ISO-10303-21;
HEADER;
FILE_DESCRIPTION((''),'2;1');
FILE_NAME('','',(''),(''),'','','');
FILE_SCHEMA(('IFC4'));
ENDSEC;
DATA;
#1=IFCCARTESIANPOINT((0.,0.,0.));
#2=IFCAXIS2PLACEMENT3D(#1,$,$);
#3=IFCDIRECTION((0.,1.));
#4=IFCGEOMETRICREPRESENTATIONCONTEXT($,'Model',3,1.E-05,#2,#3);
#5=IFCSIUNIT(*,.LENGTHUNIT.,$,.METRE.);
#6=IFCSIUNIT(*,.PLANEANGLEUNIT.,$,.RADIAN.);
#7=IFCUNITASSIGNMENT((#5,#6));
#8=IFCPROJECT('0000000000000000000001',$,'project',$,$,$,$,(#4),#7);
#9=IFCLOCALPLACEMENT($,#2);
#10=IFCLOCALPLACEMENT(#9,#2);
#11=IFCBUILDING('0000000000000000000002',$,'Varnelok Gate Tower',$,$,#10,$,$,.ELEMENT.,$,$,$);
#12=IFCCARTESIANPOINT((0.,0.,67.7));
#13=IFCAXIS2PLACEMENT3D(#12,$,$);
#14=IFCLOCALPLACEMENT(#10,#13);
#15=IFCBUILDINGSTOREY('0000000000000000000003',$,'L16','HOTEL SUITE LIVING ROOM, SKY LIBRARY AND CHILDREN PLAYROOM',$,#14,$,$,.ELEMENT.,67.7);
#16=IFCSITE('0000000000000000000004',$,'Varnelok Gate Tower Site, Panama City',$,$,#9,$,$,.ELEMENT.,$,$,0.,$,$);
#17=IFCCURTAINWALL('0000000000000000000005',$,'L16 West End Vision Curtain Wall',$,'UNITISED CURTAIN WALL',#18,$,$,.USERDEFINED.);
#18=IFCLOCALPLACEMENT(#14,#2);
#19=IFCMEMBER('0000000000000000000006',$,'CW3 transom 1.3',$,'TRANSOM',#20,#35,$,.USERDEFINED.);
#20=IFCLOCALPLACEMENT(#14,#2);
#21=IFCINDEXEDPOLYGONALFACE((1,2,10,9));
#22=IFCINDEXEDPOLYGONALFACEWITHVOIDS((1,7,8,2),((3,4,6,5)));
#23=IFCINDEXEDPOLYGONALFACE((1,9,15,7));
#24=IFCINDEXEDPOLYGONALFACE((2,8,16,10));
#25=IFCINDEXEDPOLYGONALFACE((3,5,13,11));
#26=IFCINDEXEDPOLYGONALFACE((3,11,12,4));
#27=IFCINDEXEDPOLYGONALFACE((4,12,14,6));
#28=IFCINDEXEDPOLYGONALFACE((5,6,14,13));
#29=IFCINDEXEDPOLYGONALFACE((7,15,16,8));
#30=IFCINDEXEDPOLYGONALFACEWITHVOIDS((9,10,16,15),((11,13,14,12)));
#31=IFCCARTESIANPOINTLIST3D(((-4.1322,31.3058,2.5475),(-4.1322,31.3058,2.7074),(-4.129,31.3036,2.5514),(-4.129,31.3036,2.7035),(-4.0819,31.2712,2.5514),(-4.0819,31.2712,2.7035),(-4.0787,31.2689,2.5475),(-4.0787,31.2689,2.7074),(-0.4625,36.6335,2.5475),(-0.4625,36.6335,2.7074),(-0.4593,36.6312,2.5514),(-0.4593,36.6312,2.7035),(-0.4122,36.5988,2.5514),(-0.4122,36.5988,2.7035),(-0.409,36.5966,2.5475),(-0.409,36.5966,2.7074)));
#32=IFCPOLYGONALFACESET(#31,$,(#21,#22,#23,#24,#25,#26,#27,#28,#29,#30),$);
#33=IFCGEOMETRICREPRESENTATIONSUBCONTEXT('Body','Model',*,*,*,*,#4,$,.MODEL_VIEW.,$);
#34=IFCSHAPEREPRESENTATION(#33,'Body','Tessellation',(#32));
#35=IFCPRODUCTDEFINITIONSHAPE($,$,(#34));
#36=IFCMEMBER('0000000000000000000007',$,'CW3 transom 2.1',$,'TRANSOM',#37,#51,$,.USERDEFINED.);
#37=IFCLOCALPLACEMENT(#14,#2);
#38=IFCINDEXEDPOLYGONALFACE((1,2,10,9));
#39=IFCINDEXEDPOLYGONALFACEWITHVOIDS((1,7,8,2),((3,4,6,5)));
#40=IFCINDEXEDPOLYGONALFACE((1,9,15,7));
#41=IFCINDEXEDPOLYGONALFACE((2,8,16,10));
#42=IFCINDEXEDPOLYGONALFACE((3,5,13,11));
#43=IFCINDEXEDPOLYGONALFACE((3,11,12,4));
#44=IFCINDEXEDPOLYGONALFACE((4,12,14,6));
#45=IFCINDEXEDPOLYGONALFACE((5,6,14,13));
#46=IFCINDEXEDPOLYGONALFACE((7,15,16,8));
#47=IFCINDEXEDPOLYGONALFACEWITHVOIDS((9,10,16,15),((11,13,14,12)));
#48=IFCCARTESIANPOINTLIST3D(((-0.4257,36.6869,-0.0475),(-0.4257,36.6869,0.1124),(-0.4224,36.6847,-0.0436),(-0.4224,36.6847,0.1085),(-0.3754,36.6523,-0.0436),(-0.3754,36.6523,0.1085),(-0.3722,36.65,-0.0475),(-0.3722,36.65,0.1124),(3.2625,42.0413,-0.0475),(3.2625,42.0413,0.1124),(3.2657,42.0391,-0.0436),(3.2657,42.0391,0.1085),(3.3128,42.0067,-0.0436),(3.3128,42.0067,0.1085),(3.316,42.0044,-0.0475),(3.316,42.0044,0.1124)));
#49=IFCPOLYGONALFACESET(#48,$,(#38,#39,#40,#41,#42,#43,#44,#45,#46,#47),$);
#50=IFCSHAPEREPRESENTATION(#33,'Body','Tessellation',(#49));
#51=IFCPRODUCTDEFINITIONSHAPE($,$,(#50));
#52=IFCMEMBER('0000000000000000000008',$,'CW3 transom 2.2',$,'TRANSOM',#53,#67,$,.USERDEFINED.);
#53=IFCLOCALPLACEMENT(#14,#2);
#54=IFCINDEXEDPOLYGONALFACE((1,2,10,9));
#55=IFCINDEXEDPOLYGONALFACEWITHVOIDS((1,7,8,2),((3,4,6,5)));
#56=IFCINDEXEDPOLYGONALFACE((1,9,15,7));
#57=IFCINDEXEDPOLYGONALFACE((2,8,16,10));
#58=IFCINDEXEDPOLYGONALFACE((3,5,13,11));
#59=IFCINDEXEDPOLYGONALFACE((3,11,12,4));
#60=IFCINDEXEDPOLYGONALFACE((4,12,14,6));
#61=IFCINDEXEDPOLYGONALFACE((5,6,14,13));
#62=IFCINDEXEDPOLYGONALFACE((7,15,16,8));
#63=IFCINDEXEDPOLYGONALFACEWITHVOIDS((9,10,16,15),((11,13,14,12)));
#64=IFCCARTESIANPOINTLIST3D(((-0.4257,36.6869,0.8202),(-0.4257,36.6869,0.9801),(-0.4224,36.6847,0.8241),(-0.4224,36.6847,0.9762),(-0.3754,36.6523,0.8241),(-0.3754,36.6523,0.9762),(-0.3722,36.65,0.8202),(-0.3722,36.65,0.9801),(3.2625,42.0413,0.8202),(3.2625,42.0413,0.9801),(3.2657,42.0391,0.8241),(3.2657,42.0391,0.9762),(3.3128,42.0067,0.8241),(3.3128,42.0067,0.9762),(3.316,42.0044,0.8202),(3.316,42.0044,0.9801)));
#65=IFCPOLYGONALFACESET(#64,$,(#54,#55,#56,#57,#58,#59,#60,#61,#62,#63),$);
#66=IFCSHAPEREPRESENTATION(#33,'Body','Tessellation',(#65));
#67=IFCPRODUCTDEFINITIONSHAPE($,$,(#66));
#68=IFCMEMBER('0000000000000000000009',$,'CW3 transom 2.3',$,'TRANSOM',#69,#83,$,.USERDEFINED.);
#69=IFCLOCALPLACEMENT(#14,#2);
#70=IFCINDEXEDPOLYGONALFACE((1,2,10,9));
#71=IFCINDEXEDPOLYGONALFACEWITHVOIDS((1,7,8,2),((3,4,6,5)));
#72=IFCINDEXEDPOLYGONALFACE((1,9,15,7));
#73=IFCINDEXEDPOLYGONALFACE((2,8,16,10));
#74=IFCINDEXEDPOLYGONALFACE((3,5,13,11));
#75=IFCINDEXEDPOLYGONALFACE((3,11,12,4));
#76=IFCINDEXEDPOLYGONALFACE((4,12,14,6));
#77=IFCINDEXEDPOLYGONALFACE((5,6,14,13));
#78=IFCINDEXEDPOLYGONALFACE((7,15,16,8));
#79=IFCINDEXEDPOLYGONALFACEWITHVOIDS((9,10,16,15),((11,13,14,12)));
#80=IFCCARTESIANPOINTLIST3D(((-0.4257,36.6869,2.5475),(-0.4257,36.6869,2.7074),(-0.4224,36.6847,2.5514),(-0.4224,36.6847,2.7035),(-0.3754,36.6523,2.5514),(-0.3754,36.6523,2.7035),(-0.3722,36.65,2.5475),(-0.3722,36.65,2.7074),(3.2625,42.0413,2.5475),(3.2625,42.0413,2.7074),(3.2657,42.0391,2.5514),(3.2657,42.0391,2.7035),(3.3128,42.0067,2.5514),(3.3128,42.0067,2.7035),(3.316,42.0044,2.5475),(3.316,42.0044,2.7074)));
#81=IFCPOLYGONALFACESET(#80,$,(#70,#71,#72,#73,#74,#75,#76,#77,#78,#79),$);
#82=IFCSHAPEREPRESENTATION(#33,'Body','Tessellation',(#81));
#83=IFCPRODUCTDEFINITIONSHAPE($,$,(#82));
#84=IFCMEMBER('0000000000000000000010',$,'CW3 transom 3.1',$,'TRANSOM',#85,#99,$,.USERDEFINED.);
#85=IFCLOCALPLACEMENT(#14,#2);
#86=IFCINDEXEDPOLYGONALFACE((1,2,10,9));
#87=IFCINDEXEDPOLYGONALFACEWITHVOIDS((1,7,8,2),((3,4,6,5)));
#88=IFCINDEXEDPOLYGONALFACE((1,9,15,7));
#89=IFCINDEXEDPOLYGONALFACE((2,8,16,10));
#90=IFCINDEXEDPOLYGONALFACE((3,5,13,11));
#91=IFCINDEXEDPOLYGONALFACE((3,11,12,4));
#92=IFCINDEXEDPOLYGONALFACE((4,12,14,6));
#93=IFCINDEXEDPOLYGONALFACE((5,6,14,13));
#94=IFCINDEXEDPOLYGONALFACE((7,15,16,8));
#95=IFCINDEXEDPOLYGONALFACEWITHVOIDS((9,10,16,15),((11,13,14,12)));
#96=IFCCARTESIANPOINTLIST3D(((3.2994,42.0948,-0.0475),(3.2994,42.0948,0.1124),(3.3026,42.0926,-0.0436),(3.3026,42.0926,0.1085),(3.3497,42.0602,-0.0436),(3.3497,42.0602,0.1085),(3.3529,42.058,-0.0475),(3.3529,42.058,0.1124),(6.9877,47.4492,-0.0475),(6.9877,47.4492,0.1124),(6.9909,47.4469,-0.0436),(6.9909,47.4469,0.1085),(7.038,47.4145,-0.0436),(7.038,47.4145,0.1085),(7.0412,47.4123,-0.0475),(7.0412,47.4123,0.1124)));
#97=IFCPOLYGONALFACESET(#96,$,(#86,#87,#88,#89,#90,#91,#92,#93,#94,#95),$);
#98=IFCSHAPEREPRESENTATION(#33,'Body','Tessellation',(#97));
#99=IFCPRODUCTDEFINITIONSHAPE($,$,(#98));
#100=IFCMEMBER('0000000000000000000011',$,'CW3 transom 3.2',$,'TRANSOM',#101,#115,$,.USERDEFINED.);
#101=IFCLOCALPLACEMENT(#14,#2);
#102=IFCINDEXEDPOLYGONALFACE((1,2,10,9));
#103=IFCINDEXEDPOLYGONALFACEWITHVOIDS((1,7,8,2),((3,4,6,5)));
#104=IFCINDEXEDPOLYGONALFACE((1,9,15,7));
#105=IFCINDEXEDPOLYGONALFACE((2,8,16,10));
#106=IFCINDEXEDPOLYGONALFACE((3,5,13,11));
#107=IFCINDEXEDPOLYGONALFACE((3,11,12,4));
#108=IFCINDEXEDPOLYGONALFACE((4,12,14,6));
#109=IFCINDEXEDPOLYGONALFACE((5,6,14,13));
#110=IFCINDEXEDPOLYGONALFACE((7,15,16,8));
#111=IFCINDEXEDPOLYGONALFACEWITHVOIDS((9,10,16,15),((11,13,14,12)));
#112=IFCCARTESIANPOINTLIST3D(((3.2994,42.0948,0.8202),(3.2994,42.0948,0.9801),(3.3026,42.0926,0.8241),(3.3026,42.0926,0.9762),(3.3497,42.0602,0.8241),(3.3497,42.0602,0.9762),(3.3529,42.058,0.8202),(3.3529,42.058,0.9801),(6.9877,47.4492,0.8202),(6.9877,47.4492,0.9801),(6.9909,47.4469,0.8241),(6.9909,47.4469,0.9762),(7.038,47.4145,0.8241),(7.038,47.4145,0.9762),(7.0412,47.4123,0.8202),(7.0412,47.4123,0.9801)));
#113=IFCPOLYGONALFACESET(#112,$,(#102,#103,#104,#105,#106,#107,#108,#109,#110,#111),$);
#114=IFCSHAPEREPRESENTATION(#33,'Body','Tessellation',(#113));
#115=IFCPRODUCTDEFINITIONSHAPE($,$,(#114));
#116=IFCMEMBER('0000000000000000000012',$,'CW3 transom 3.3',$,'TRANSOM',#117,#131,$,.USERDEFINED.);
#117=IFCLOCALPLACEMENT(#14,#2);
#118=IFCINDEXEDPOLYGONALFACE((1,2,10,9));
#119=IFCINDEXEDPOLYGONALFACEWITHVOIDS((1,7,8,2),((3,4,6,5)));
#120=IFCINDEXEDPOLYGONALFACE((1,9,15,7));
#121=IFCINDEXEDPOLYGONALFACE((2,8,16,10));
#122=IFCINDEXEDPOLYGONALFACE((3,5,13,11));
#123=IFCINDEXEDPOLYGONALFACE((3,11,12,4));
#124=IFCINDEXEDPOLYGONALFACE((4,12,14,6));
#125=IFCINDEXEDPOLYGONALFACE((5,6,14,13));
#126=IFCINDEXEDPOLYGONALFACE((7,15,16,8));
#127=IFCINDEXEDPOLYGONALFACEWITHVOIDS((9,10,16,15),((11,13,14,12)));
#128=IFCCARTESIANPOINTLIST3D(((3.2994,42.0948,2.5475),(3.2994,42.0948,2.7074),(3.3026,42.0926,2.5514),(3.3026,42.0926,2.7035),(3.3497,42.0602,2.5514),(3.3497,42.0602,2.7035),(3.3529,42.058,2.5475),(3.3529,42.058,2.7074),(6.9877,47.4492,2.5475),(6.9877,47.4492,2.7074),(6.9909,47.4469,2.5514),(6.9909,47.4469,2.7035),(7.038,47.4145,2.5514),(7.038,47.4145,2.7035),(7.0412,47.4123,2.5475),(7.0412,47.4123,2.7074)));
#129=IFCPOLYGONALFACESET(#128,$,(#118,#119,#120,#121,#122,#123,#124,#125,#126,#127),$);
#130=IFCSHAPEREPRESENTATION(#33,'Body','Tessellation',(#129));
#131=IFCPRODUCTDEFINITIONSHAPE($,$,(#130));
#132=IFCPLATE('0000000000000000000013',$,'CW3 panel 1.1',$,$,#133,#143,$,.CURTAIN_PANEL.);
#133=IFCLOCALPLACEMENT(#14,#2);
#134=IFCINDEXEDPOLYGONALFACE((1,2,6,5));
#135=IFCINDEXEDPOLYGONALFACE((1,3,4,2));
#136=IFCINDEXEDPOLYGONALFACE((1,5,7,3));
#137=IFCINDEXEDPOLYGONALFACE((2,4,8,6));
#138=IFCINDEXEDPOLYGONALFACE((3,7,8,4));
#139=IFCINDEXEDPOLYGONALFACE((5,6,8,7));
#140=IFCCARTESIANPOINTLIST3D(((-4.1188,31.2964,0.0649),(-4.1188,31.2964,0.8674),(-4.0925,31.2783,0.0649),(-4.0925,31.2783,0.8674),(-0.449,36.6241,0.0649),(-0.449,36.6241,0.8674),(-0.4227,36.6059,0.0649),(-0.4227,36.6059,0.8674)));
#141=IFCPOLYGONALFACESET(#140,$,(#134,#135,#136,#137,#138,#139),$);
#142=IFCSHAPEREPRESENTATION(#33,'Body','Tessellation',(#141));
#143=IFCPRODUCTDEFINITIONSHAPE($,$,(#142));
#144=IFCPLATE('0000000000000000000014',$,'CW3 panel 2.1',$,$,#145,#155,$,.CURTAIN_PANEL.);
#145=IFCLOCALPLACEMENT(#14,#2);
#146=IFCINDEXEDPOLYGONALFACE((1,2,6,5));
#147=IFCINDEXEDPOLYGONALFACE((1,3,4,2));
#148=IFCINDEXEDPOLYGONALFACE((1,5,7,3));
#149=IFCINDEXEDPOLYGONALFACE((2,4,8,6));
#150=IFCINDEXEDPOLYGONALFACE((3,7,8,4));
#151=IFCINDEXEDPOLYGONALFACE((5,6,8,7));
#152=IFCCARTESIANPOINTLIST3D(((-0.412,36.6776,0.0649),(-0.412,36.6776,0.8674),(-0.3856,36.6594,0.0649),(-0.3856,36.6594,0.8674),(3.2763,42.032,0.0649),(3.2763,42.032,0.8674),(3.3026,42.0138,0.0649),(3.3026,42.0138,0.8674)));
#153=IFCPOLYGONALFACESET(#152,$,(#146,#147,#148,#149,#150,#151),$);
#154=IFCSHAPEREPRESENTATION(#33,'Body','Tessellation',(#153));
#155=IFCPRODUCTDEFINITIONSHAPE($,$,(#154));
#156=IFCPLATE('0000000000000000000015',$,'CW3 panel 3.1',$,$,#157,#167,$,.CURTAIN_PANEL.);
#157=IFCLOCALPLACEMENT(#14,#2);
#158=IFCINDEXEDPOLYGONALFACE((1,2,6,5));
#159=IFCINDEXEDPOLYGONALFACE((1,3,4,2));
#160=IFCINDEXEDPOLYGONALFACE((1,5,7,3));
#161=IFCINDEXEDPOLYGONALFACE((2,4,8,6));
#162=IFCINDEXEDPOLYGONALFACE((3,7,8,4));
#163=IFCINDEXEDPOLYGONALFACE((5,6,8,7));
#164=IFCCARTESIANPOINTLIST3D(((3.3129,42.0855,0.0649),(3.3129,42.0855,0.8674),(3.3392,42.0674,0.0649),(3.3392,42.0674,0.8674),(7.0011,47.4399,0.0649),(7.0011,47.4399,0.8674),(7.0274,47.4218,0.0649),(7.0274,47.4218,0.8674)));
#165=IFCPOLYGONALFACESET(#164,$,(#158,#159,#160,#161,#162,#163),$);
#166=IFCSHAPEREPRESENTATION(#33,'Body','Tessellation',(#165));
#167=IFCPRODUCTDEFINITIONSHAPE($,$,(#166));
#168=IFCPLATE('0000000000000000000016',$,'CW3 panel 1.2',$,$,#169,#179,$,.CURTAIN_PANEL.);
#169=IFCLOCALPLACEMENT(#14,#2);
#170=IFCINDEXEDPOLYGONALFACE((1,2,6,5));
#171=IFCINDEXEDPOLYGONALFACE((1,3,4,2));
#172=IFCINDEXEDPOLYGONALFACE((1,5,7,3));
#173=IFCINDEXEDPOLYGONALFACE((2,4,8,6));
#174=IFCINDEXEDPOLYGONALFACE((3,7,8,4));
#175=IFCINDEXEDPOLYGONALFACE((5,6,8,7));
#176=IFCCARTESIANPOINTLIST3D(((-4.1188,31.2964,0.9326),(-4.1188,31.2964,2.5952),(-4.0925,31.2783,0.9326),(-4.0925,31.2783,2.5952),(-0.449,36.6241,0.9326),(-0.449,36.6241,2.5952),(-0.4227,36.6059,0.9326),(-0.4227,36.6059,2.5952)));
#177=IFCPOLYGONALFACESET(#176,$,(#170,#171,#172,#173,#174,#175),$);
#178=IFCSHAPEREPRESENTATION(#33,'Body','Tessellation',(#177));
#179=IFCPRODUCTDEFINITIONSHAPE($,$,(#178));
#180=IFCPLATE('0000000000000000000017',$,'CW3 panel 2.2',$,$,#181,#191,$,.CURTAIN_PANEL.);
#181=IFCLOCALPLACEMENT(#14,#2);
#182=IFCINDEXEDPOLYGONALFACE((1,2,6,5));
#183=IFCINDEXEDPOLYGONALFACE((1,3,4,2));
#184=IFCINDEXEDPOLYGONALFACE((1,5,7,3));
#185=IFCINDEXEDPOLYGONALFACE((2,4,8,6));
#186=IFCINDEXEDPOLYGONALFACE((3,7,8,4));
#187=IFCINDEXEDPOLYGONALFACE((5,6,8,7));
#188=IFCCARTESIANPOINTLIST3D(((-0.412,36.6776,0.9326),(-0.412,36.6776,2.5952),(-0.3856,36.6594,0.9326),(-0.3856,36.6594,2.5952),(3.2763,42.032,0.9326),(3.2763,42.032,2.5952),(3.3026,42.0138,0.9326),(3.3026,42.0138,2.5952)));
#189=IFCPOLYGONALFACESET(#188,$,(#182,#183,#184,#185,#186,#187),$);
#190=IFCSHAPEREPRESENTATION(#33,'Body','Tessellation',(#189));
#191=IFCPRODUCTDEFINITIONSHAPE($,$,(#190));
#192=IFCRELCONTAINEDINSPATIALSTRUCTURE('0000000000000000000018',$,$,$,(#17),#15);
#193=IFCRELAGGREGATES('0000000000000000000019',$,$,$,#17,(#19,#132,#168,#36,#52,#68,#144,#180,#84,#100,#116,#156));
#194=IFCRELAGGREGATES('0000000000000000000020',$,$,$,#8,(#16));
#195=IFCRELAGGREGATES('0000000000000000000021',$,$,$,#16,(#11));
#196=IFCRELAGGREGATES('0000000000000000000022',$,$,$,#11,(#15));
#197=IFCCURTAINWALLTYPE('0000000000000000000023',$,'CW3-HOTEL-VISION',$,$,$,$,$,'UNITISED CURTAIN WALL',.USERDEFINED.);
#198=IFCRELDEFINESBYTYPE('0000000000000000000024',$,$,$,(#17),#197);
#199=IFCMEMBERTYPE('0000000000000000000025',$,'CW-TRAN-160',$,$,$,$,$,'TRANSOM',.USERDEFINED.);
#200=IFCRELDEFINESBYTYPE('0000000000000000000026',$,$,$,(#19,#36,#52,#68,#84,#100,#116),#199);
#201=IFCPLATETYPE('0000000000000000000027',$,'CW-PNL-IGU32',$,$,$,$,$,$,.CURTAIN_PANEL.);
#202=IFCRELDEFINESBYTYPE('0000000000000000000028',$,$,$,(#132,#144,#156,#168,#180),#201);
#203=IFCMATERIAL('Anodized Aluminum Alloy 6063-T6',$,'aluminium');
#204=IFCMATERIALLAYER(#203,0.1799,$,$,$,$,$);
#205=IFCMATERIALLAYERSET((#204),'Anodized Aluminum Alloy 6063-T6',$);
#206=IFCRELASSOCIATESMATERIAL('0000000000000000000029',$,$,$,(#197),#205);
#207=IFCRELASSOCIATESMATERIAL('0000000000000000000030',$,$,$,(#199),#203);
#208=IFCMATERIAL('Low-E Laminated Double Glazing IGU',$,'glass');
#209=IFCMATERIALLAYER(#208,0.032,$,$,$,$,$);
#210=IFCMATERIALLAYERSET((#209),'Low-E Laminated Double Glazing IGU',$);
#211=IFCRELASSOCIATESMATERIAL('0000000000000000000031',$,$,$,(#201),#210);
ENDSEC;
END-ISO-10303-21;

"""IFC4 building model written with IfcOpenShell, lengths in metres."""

from ifc_helpers import new_model, si_unit, direction, frame, origin, origin_2d, place, context, subcontext, project, spatial, rectangle, hollow_rectangle, extrude, source, transform, mapped, material, layer, layer_set, material_profile, profile_set, type_object, element, aggregate, save


model = new_model("IFC4")

# Units and contexts
model_context = context("Model", 3, precision=1e-05, world=origin(), true_north=direction((0.0, 1.0)))
body_context = subcontext(model_context, "Body", "Model", "MODEL_VIEW")
ifc_project = project(units=[si_unit("LENGTHUNIT", "METRE"), si_unit("PLANEANGLEUNIT", "RADIAN")], contexts=[model_context])

# Site, building, storey
site_placement = place(None, origin())
site = spatial("IfcSite", under=ifc_project, at=site_placement, Name="Varnelok Gate Tower Site, Panama City", CompositionType="ELEMENT", RefElevation=0.0)
building_placement = place(site_placement, origin())
building = spatial("IfcBuilding", under=site, at=building_placement, Name="Varnelok Gate Tower", CompositionType="ELEMENT")
storey_placement = place(building_placement, frame((0.0, 0.0, 67.7)))
storey = spatial("IfcBuildingStorey", under=building, at=storey_placement, Name="L16", Description="HOTEL SUITE LIVING ROOM, SKY LIBRARY AND CHILDREN PLAYROOM", CompositionType="ELEMENT", Elevation=67.7)

# Curtain wall, members, plates
ifc_material_1 = material(Name="Anodized Aluminum Alloy 6063-T6", Category="aluminium")
ifc_layer_1 = layer(ifc_material_1, 0.1799)
ifc_layer_set_1 = layer_set([ifc_layer_1], Name="Anodized Aluminum Alloy 6063-T6")
curtain_wall_type = type_object("IfcCurtainWallType", Name="CW3-HOTEL-VISION", ElementType="UNITISED CURTAIN WALL", PredefinedType="USERDEFINED", material=ifc_layer_set_1)
curtain_wall_placement = place(storey_placement, origin())
curtain_wall = element("IfcCurtainWall", 1, at=curtain_wall_placement, inside=storey, type_object=curtain_wall_type, Name="L16 West End Vision Curtain Wall", ObjectType="UNITISED CURTAIN WALL", PredefinedType="USERDEFINED")
ifc_material_profile_1 = material_profile(ifc_material_1, hollow_rectangle(XDim=0.0649, YDim=0.1599, WallThickness=0.0039, at=origin_2d()), Name="ALU160X65X4")
ifc_profile_set_1 = profile_set([ifc_material_profile_1], Name="Anodized Aluminum Alloy 6063-T6")
member_type_1 = type_object("IfcMemberType", Name="CW-TRAN-160", ElementType="TRANSOM", PredefinedType="USERDEFINED", material=ifc_profile_set_1)
member_1_placement = place(storey_placement, frame((-4.1055, 31.2874, 2.6274), z_axis=(0.567256, 0.823542, 0.0), x_axis=(-0.823542, 0.567256, 0.0)))
member_1 = element("IfcMember", 2, at=member_1_placement, type_object=member_type_1, Name="CW3 transom 1.3", ObjectType="TRANSOM", PredefinedType="USERDEFINED", context=body_context, shape_type="SweptSolid", body=[
    extrude(hollow_rectangle(XDim=0.0649, YDim=0.1599, WallThickness=0.0039, at=origin_2d()), origin(), (0.0, 0.0, 1.0), 6.4692),
])
member_2_placement = place(storey_placement, frame((-0.3989, 36.6685, 0.0325), z_axis=(0.567262, 0.823538, 0.0), x_axis=(-0.823538, 0.567262, 0.0)))
member_2 = element("IfcMember", 3, at=member_2_placement, type_object=member_type_1, Name="CW3 transom 2.1", ObjectType="TRANSOM", PredefinedType="USERDEFINED", context=body_context, shape_type="SweptSolid", body=[
    extrude(hollow_rectangle(XDim=0.0649, YDim=0.1599, WallThickness=0.0039, at=origin_2d()), origin(), (0.0, 0.0, 1.0), 6.5017),
])
member_3_placement = place(storey_placement, frame((-0.3989, 36.6685, 0.9001), z_axis=(0.567262, 0.823538, 0.0), x_axis=(-0.823538, 0.567262, 0.0)))
member_3 = element("IfcMember", 4, at=member_3_placement, type_object=member_type_1, Name="CW3 transom 2.2", ObjectType="TRANSOM", PredefinedType="USERDEFINED", context=body_context, shape_type="SweptSolid", body=[
    extrude(hollow_rectangle(XDim=0.0649, YDim=0.1599, WallThickness=0.0039, at=origin_2d()), origin(), (0.0, 0.0, 1.0), 6.5017),
])
member_4_placement = place(storey_placement, frame((-0.3989, 36.6685, 2.6274), z_axis=(0.567262, 0.823538, 0.0), x_axis=(-0.823538, 0.567262, 0.0)))
member_4 = element("IfcMember", 5, at=member_4_placement, type_object=member_type_1, Name="CW3 transom 2.3", ObjectType="TRANSOM", PredefinedType="USERDEFINED", context=body_context, shape_type="SweptSolid", body=[
    extrude(hollow_rectangle(XDim=0.0649, YDim=0.1599, WallThickness=0.0039, at=origin_2d()), origin(), (0.0, 0.0, 1.0), 6.5017),
])
member_5_placement = place(storey_placement, frame((3.3262, 42.0764, 0.0325), z_axis=(0.567279, 0.823526, 0.0), x_axis=(-0.823526, 0.567279, 0.0)))
member_5 = element("IfcMember", 6, at=member_5_placement, type_object=member_type_1, Name="CW3 transom 3.1", ObjectType="TRANSOM", PredefinedType="USERDEFINED", context=body_context, shape_type="SweptSolid", body=[
    extrude(hollow_rectangle(XDim=0.0649, YDim=0.1599, WallThickness=0.0039, at=origin_2d()), origin(), (0.0, 0.0, 1.0), 6.5017),
])
member_6_placement = place(storey_placement, frame((3.3262, 42.0764, 0.9001), z_axis=(0.567279, 0.823526, 0.0), x_axis=(-0.823526, 0.567279, 0.0)))
member_6 = element("IfcMember", 7, at=member_6_placement, type_object=member_type_1, Name="CW3 transom 3.2", ObjectType="TRANSOM", PredefinedType="USERDEFINED", context=body_context, shape_type="SweptSolid", body=[
    extrude(hollow_rectangle(XDim=0.0649, YDim=0.1599, WallThickness=0.0039, at=origin_2d()), origin(), (0.0, 0.0, 1.0), 6.5017),
])
member_7_placement = place(storey_placement, frame((3.3262, 42.0764, 2.6274), z_axis=(0.567279, 0.823526, 0.0), x_axis=(-0.823526, 0.567279, 0.0)))
member_7 = element("IfcMember", 8, at=member_7_placement, type_object=member_type_1, Name="CW3 transom 3.3", ObjectType="TRANSOM", PredefinedType="USERDEFINED", context=body_context, shape_type="SweptSolid", body=[
    extrude(hollow_rectangle(XDim=0.0649, YDim=0.1599, WallThickness=0.0039, at=origin_2d()), origin(), (0.0, 0.0, 1.0), 6.5017),
])
ifc_material_2 = material(Name="Low-E Laminated Double Glazing IGU", Category="glass")
ifc_layer_2 = layer(ifc_material_2, 0.032)
ifc_layer_set_2 = layer_set([ifc_layer_2], Name="Low-E Laminated Double Glazing IGU")
plate_type = type_object("IfcPlateType", Name="CW-PNL-IGU32", PredefinedType="CURTAIN_PANEL", material=ifc_layer_set_2)
shared_shape_1 = source(origin(), body_context, "Body", "SweptSolid", [
    extrude(rectangle(XDim=6.4692, YDim=0.032, at=origin_2d()), origin(), (0.0, 0.0, 1.0), 0.8025),
])
plate_1_placement = place(storey_placement, frame((-2.2708, 33.9512, 0.0649), z_axis=(0.0, 0.0, 1.0), x_axis=(0.567269, 0.823533, 0.0)))
plate_1 = element("IfcPlate", 9, at=plate_1_placement, type_object=plate_type, Name="CW3 panel 1.1", PredefinedType="CURTAIN_PANEL", context=body_context, shape_type="MappedRepresentation", body=[
    mapped(shared_shape_1, transform((0.0, 0.0, 0.0), scale=1.0)),
])
shared_shape_2 = source(origin(), body_context, "Body", "SweptSolid", [
    extrude(rectangle(XDim=6.5017, YDim=0.032, at=origin_2d()), origin(), (0.0, 0.0, 1.0), 0.8025),
])
plate_2_placement = place(storey_placement, frame((1.4453, 39.3457, 0.0649), z_axis=(0.0, 0.0, 1.0), x_axis=(0.567269, 0.823533, 0.0)))
plate_2 = element("IfcPlate", 10, at=plate_2_placement, type_object=plate_type, Name="CW3 panel 2.1", PredefinedType="CURTAIN_PANEL", context=body_context, shape_type="MappedRepresentation", body=[
    mapped(shared_shape_2, transform((0.0, 0.0, 0.0), scale=1.0)),
])
plate_3_placement = place(storey_placement, frame((5.1702, 44.7537, 0.0649), z_axis=(0.0, 0.0, 1.0), x_axis=(0.567269, 0.823533, 0.0)))
plate_3 = element("IfcPlate", 11, at=plate_3_placement, type_object=plate_type, Name="CW3 panel 3.1", PredefinedType="CURTAIN_PANEL", context=body_context, shape_type="MappedRepresentation", body=[
    mapped(shared_shape_2, transform((0.0, 0.0, 0.0), scale=1.0)),
])
shared_shape_3 = source(origin(), body_context, "Body", "SweptSolid", [
    extrude(rectangle(XDim=6.4692, YDim=0.032, at=origin_2d()), origin(), (0.0, 0.0, 1.0), 1.6626),
])
plate_4_placement = place(storey_placement, frame((-2.2708, 33.9512, 0.9326), z_axis=(0.0, 0.0, 1.0), x_axis=(0.567269, 0.823533, 0.0)))
plate_4 = element("IfcPlate", 12, at=plate_4_placement, type_object=plate_type, Name="CW3 panel 1.2", PredefinedType="CURTAIN_PANEL", context=body_context, shape_type="MappedRepresentation", body=[
    mapped(shared_shape_3, transform((0.0, 0.0, 0.0), scale=1.0)),
])
shared_shape_4 = source(origin(), body_context, "Body", "SweptSolid", [
    extrude(rectangle(XDim=6.5017, YDim=0.032, at=origin_2d()), origin(), (0.0, 0.0, 1.0), 1.6626),
])
plate_5_placement = place(storey_placement, frame((1.4453, 39.3457, 0.9326), z_axis=(0.0, 0.0, 1.0), x_axis=(0.567269, 0.823533, 0.0)))
plate_5 = element("IfcPlate", 13, at=plate_5_placement, type_object=plate_type, Name="CW3 panel 2.2", PredefinedType="CURTAIN_PANEL", context=body_context, shape_type="MappedRepresentation", body=[
    mapped(shared_shape_4, transform((0.0, 0.0, 0.0), scale=1.0)),
])
aggregate(curtain_wall, [member_1, plate_1, plate_4, member_2, member_3, member_4, plate_2, plate_5, member_5, member_6, member_7, plate_3])

save(model, "model.ifc")
